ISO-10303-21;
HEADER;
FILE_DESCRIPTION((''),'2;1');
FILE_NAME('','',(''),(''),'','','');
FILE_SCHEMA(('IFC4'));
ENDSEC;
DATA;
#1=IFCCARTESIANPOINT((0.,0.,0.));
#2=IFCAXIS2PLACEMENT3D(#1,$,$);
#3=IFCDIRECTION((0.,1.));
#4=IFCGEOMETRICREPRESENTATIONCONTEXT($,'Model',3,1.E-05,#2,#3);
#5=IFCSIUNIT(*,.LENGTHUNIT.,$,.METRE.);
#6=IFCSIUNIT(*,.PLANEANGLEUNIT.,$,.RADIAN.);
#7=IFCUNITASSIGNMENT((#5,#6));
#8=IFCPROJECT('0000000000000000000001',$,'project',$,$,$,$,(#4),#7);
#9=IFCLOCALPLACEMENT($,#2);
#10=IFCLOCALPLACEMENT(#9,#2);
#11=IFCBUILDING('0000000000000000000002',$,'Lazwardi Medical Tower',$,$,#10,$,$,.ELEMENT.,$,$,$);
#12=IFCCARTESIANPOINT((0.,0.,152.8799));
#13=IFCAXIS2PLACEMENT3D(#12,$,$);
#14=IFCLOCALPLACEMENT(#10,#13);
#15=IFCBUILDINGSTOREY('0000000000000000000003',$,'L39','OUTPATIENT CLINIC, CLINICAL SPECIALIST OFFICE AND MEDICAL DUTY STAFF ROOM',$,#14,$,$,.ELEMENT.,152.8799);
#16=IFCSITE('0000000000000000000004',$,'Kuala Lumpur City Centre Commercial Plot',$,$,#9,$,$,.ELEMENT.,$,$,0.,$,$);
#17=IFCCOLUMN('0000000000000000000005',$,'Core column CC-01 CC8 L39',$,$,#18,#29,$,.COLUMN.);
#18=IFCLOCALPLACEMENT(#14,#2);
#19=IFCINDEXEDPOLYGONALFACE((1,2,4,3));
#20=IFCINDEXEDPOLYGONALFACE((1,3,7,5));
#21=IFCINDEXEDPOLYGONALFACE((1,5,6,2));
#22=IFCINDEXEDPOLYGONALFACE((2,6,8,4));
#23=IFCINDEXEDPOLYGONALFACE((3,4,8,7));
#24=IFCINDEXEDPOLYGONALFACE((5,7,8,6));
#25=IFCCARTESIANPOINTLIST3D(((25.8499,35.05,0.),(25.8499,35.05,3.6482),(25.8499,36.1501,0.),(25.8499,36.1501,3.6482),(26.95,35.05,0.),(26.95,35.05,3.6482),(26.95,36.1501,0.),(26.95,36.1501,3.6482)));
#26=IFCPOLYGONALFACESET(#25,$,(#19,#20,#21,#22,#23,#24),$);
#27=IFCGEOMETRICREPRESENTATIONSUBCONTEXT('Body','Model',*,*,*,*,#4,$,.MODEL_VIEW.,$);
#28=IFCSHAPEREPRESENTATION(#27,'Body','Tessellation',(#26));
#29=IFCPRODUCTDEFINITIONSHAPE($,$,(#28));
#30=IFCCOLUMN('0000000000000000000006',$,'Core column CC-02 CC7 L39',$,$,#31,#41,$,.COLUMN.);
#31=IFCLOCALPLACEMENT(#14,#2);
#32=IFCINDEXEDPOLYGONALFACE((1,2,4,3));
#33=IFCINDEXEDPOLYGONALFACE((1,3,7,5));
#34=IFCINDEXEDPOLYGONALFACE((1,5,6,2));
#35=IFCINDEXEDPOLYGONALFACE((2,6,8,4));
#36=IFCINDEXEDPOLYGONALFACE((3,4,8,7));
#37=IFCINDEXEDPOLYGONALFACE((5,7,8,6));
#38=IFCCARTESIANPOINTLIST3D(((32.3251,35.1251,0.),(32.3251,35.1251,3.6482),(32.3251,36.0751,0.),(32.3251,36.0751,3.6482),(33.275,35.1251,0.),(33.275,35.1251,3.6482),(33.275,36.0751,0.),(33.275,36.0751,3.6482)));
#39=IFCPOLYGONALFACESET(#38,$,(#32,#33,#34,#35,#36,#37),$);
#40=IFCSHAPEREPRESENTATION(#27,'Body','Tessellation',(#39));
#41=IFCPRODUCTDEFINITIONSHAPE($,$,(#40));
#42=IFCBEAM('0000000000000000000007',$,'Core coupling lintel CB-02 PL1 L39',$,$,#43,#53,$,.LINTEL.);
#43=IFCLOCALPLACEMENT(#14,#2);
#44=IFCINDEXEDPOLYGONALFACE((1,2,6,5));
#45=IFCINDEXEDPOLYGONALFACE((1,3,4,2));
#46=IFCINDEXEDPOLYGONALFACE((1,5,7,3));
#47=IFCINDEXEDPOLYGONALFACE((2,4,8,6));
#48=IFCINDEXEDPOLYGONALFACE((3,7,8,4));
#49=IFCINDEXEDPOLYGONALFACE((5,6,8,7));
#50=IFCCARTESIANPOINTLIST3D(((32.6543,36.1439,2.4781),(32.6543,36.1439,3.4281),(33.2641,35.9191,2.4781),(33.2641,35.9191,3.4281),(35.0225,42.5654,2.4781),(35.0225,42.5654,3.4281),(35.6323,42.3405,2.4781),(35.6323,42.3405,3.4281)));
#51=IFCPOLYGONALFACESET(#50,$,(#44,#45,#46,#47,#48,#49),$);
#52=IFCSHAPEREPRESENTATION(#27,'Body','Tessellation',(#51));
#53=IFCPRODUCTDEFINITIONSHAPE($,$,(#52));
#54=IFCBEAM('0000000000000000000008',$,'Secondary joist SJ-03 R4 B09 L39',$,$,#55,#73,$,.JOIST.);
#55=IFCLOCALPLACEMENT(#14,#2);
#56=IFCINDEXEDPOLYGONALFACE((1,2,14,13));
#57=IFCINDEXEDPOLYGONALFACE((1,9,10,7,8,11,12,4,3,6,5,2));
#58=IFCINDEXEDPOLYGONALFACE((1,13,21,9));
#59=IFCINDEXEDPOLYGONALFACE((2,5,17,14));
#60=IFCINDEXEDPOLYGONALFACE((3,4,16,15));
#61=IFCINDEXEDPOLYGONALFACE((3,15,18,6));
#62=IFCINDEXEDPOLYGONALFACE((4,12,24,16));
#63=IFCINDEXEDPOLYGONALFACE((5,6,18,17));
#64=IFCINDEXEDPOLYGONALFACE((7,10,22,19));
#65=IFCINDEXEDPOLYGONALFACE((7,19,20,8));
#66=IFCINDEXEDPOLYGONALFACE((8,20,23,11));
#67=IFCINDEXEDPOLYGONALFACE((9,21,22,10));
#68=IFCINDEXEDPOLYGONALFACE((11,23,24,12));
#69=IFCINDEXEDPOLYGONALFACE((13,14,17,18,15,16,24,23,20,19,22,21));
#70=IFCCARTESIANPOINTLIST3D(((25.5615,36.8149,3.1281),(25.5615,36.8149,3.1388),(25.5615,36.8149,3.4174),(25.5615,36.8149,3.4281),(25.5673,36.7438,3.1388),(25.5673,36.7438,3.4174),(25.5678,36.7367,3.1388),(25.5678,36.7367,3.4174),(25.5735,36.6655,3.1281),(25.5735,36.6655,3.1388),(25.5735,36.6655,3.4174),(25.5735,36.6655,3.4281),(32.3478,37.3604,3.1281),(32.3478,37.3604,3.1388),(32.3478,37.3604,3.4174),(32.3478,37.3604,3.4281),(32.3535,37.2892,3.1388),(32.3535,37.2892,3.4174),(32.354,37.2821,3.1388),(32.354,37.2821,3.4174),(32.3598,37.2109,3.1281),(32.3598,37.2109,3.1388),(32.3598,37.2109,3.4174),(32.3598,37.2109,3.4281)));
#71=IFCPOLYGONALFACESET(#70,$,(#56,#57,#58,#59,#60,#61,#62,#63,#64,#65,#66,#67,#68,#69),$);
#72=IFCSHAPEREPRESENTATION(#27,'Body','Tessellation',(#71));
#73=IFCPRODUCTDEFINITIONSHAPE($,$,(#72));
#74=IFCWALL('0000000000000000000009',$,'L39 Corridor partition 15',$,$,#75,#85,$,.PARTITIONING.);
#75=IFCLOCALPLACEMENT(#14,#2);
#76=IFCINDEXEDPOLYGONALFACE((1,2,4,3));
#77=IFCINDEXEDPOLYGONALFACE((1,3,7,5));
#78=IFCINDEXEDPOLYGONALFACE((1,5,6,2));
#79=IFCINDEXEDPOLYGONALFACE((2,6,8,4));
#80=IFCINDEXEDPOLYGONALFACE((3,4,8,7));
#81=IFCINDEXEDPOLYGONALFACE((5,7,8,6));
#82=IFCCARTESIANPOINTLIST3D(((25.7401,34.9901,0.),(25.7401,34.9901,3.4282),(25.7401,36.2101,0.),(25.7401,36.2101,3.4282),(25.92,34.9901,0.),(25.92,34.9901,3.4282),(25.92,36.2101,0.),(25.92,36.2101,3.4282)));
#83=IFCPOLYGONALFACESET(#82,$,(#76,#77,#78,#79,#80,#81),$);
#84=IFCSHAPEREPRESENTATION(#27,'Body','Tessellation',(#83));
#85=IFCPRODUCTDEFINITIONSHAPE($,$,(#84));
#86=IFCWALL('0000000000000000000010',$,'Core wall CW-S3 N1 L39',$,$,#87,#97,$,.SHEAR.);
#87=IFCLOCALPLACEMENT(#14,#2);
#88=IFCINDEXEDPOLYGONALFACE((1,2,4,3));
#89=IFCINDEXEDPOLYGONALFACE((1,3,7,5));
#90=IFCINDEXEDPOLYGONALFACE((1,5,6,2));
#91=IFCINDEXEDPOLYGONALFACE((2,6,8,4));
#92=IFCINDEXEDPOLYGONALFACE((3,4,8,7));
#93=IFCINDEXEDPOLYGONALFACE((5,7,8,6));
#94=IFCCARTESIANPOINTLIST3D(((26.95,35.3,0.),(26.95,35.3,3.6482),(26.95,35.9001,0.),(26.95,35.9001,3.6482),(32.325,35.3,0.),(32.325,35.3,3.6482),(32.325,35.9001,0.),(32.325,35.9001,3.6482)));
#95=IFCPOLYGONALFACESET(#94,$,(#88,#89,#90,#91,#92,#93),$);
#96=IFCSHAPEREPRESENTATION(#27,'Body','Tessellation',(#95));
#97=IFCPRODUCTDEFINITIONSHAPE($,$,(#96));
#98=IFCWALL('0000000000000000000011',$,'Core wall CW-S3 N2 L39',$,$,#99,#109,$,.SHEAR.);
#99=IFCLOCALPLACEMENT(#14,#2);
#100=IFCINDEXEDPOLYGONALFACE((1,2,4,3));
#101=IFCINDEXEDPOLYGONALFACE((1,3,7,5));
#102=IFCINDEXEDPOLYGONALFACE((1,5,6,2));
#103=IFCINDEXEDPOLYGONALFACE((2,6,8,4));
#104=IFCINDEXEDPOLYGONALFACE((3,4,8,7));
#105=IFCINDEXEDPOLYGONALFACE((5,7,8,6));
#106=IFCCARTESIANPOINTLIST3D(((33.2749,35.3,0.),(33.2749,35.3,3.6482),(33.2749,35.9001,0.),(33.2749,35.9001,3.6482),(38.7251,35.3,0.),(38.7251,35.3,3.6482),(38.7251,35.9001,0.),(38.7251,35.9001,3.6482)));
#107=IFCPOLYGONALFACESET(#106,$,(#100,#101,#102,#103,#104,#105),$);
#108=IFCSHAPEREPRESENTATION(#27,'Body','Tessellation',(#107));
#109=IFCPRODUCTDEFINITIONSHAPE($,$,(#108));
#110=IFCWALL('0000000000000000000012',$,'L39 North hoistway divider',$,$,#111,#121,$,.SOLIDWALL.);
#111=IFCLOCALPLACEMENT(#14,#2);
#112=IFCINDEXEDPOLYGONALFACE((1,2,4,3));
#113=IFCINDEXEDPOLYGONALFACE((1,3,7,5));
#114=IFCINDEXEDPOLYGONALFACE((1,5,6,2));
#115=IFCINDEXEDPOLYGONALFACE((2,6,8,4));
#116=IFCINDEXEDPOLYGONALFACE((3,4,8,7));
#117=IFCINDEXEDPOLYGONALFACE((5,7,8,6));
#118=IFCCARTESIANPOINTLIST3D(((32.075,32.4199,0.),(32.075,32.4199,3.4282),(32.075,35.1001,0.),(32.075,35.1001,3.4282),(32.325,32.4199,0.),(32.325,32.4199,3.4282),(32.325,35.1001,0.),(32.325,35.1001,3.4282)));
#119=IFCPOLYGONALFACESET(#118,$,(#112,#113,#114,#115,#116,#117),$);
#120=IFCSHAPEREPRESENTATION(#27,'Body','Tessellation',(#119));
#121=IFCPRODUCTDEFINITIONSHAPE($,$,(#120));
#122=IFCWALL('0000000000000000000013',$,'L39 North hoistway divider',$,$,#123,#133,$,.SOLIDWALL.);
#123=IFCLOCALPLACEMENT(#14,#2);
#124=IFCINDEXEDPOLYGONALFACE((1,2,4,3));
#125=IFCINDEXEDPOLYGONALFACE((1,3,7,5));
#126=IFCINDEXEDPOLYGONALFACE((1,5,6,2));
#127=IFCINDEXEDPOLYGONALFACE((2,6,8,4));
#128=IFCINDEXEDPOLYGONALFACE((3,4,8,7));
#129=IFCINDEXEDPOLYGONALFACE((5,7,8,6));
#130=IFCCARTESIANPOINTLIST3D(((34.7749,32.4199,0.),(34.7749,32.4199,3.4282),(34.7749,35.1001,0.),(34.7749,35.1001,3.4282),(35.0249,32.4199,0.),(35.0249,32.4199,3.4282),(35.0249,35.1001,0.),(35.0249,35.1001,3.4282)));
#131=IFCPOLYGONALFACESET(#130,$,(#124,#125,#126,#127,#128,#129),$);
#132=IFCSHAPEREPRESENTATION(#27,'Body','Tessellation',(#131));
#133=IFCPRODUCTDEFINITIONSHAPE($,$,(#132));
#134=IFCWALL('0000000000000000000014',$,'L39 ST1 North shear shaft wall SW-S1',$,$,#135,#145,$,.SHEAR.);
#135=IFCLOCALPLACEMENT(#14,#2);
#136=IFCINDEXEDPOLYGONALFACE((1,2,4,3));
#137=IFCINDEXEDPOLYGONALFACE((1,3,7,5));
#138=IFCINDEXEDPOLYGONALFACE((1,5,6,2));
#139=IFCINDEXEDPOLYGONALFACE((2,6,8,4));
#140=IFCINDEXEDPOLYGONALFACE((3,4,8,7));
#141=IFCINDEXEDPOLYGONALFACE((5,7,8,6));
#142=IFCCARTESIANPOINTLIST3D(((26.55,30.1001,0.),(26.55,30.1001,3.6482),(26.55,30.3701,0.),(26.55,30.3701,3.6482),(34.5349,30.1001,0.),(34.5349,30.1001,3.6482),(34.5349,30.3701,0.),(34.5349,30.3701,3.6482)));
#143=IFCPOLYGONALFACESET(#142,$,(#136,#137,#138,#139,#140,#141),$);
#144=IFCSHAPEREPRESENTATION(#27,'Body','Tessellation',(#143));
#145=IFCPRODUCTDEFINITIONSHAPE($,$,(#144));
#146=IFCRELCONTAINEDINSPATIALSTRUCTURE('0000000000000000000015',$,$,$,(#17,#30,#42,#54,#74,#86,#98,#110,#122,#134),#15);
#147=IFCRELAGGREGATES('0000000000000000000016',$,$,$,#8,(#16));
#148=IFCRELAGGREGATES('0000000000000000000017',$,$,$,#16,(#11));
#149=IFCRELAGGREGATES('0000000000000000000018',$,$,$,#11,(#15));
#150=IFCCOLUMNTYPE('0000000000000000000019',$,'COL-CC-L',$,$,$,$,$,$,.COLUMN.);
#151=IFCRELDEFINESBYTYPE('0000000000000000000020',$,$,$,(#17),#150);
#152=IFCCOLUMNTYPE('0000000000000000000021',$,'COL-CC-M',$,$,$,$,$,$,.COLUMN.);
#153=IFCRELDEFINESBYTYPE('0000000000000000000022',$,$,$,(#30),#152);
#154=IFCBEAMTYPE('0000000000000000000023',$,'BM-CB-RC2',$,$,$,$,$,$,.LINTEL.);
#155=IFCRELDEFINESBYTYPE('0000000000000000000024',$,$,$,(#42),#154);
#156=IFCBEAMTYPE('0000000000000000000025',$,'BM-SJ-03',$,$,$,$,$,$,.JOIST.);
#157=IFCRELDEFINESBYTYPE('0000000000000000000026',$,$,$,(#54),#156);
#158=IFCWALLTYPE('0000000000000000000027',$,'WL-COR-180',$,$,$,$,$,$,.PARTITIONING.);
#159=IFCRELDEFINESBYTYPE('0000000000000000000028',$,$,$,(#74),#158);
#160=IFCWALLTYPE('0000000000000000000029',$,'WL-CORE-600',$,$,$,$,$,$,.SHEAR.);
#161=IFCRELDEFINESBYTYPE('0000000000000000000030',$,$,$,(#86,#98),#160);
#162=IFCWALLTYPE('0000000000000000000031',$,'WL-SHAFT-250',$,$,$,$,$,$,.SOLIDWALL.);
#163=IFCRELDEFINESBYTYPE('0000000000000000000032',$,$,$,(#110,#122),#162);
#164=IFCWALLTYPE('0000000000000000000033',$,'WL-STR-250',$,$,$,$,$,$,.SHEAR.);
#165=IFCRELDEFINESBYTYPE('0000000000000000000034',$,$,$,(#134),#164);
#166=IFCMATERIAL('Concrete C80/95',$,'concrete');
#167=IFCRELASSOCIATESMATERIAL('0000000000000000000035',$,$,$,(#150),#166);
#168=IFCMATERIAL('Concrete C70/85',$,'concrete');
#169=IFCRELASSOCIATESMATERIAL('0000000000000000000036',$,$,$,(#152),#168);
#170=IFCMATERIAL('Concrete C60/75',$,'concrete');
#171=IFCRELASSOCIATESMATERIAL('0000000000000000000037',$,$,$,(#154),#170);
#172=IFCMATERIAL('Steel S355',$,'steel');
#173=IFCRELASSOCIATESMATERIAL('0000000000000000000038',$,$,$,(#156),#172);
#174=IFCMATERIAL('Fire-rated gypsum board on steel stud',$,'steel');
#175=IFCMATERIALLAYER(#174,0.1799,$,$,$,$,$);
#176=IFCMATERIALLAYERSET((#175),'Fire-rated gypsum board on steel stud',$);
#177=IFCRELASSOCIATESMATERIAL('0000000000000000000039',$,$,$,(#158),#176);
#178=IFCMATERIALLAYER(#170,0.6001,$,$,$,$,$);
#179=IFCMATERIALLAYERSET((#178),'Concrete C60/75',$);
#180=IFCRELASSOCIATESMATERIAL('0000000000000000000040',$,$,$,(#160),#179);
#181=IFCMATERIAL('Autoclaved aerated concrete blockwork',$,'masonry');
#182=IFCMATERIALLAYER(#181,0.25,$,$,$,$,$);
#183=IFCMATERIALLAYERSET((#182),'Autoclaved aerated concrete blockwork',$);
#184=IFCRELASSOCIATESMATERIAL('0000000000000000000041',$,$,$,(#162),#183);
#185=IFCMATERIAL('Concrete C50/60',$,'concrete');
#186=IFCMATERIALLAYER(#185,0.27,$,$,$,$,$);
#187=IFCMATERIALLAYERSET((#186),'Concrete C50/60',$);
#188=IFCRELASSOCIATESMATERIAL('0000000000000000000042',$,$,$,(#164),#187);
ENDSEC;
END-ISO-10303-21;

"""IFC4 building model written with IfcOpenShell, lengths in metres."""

from ifc_helpers import new_model, si_unit, direction, frame, frame_2d, origin, origin_2d, place, context, subcontext, project, spatial, rectangle, i_section, extrude, material, layer, layer_set, material_profile, profile_set, type_object, element, save


model = new_model("IFC4")

# Units and contexts
model_context = context("Model", 3, precision=1e-05, world=origin(), true_north=direction((0.0, 1.0)))
body_context = subcontext(model_context, "Body", "Model", "MODEL_VIEW")
ifc_project = project(units=[si_unit("LENGTHUNIT", "METRE"), si_unit("PLANEANGLEUNIT", "RADIAN")], contexts=[model_context])

# Site, building, storey
site_placement = place(None, origin())
site = spatial("IfcSite", under=ifc_project, at=site_placement, Name="Kuala Lumpur City Centre Commercial Plot", CompositionType="ELEMENT", RefElevation=0.0)
building_placement = place(site_placement, origin())
building = spatial("IfcBuilding", under=site, at=building_placement, Name="Lazwardi Medical Tower", CompositionType="ELEMENT")
storey_placement = place(building_placement, frame((0.0, 0.0, 152.8799)))
storey = spatial("IfcBuildingStorey", under=building, at=storey_placement, Name="L39", Description="OUTPATIENT CLINIC, CLINICAL SPECIALIST OFFICE AND MEDICAL DUTY STAFF ROOM", CompositionType="ELEMENT", Elevation=152.8799)

# Columns
ifc_material_1 = material(Name="Concrete C80/95", Category="concrete")
ifc_material_profile_1 = material_profile(ifc_material_1, rectangle(XDim=1.1001, YDim=1.1001, at=origin_2d()), Name="RC 1100x1100")
ifc_profile_set_1 = profile_set([ifc_material_profile_1], Name="Concrete C80/95")
column_type_1 = type_object("IfcColumnType", Name="COL-CC-L", PredefinedType="COLUMN", material=ifc_profile_set_1)
column_1_placement = place(storey_placement, frame((26.3999, 35.6001, 0.0), z_axis=(0.0, 0.0, 1.0), x_axis=(1.0, 0.0, 0.0)))
element("IfcColumn", 1, at=column_1_placement, inside=storey, type_object=column_type_1, Name="Core column CC-01 CC8 L39", PredefinedType="COLUMN", context=body_context, shape_type="SweptSolid", body=[
    extrude(rectangle(XDim=1.1001, YDim=1.1001, at=origin_2d()), origin(), (0.0, 0.0, 1.0), 3.6482),
])
ifc_material_2 = material(Name="Concrete C70/85", Category="concrete")
ifc_material_profile_2 = material_profile(ifc_material_2, rectangle(XDim=0.95, YDim=0.95, at=origin_2d()), Name="RC 950x950")
ifc_profile_set_2 = profile_set([ifc_material_profile_2], Name="Concrete C70/85")
column_type_2 = type_object("IfcColumnType", Name="COL-CC-M", PredefinedType="COLUMN", material=ifc_profile_set_2)
column_2_placement = place(storey_placement, frame((32.8, 35.6001, 0.0), z_axis=(0.0, 0.0, 1.0), x_axis=(1.0, 0.0, 0.0)))
element("IfcColumn", 2, at=column_2_placement, inside=storey, type_object=column_type_2, Name="Core column CC-02 CC7 L39", PredefinedType="COLUMN", context=body_context, shape_type="SweptSolid", body=[
    extrude(rectangle(XDim=0.95, YDim=0.95, at=origin_2d()), origin(), (0.0, 0.0, 1.0), 3.6482),
])

# Beams
ifc_material_3 = material(Name="Concrete C60/75", Category="concrete")
ifc_material_profile_3 = material_profile(ifc_material_3, rectangle(XDim=0.6499, YDim=0.95, at=origin_2d()), Name="RC 650x950")
ifc_profile_set_3 = profile_set([ifc_material_profile_3], Name="Concrete C60/75")
beam_type_1 = type_object("IfcBeamType", Name="BM-CB-RC2", PredefinedType="LINTEL", material=ifc_profile_set_3)
beam_1_placement = place(storey_placement, frame((32.9592, 36.0315, 2.9531), z_axis=(0.346013, 0.93823, 0.0), x_axis=(-0.93823, 0.346013, 0.0)))
element("IfcBeam", 3, at=beam_1_placement, inside=storey, type_object=beam_type_1, Name="Core coupling lintel CB-02 PL1 L39", PredefinedType="LINTEL", context=body_context, shape_type="SweptSolid", body=[
    extrude(rectangle(XDim=0.6499, YDim=0.95, at=origin_2d()), origin(), (0.0, 0.0, 1.0), 6.8442),
])
ifc_material_4 = material(Name="Steel S355", Category="steel")
ifc_material_profile_4 = material_profile(ifc_material_4, i_section(OverallWidth=0.1499, OverallDepth=0.3, WebThickness=0.0071, FlangeThickness=0.0107, at=origin_2d()), Name="IPE 300")
ifc_profile_set_4 = profile_set([ifc_material_profile_4], Name="Steel S355")
beam_type_2 = type_object("IfcBeamType", Name="BM-SJ-03", PredefinedType="JOIST", material=ifc_profile_set_4)
beam_2_placement = place(storey_placement, frame((32.3538, 37.2856, 3.2781), z_axis=(-0.996786, -0.080113, 0.0), x_axis=(0.080113, -0.996786, 0.0)))
element("IfcBeam", 4, at=beam_2_placement, inside=storey, type_object=beam_type_2, Name="Secondary joist SJ-03 R4 B09 L39", PredefinedType="JOIST", context=body_context, shape_type="SweptSolid", body=[
    extrude(i_section(OverallWidth=0.1499, OverallDepth=0.3, WebThickness=0.0071, FlangeThickness=0.0107, at=origin_2d()), origin(), (0.0, 0.0, 1.0), 6.8081),
])

# Walls
ifc_material_5 = material(Name="Fire-rated gypsum board on steel stud", Category="steel")
ifc_layer_1 = layer(ifc_material_5, 0.1799)
ifc_layer_set_1 = layer_set([ifc_layer_1], Name="Fire-rated gypsum board on steel stud")
wall_type_1 = type_object("IfcWallType", Name="WL-COR-180", PredefinedType="PARTITIONING", material=ifc_layer_set_1)
wall_1_placement = place(storey_placement, frame((25.8301, 36.21, 0.0), z_axis=(0.0, 0.0, 1.0), x_axis=(0.0, -1.0, 0.0)))
element("IfcWall", 5, at=wall_1_placement, inside=storey, type_object=wall_type_1, Name="L39 Corridor partition 15", PredefinedType="PARTITIONING", context=body_context, shape_type="SweptSolid", body=[
    extrude(rectangle(XDim=1.22, YDim=0.1799, at=frame_2d((0.6099, 0.0))), origin(), (0.0, 0.0, 1.0), 3.4282),
])
ifc_layer_2 = layer(ifc_material_3, 0.6001)
ifc_layer_set_2 = layer_set([ifc_layer_2], Name="Concrete C60/75")
wall_type_2 = type_object("IfcWallType", Name="WL-CORE-600", PredefinedType="SHEAR", material=ifc_layer_set_2)
wall_2_placement = place(storey_placement, frame((26.95, 35.6001, 0.0), z_axis=(0.0, 0.0, 1.0), x_axis=(1.0, 0.0, 0.0)))
element("IfcWall", 6, at=wall_2_placement, inside=storey, type_object=wall_type_2, Name="Core wall CW-S3 N1 L39", PredefinedType="SHEAR", context=body_context, shape_type="SweptSolid", body=[
    extrude(rectangle(XDim=5.375, YDim=0.6001, at=frame_2d((2.6875, 0.0))), origin(), (0.0, 0.0, 1.0), 3.6482),
])
wall_3_placement = place(storey_placement, frame((33.2749, 35.6001, 0.0), z_axis=(0.0, 0.0, 1.0), x_axis=(1.0, 0.0, 0.0)))
element("IfcWall", 7, at=wall_3_placement, inside=storey, type_object=wall_type_2, Name="Core wall CW-S3 N2 L39", PredefinedType="SHEAR", context=body_context, shape_type="SweptSolid", body=[
    extrude(rectangle(XDim=5.4502, YDim=0.6001, at=frame_2d((2.7251, 0.0))), origin(), (0.0, 0.0, 1.0), 3.6482),
])
ifc_material_6 = material(Name="Autoclaved aerated concrete blockwork", Category="masonry")
ifc_layer_3 = layer(ifc_material_6, 0.25)
ifc_layer_set_3 = layer_set([ifc_layer_3], Name="Autoclaved aerated concrete blockwork")
wall_type_3 = type_object("IfcWallType", Name="WL-SHAFT-250", PredefinedType="SOLIDWALL", material=ifc_layer_set_3)
for number, where, z_axis, x_axis, name in (
    (8, (32.2, 32.4199, 0.0), (0.0, 0.0, 1.0), (0.0, 1.0, 0.0), "L39 North hoistway divider"),
    (9, (34.8999, 32.4199, 0.0), (0.0, 0.0, 1.0), (0.0, 1.0, 0.0), "L39 North hoistway divider"),
):
    element("IfcWall", number, at=place(storey_placement, frame(where, z_axis=z_axis, x_axis=x_axis)), inside=storey, type_object=wall_type_3, Name=name, PredefinedType="SOLIDWALL", context=body_context, shape_type="SweptSolid", body=[
        extrude(rectangle(XDim=2.6802, YDim=0.25, at=frame_2d((1.3401, 0.0))), origin(), (0.0, 0.0, 1.0), 3.4282),
    ])
ifc_material_7 = material(Name="Concrete C50/60", Category="concrete")
ifc_layer_4 = layer(ifc_material_7, 0.27)
ifc_layer_set_4 = layer_set([ifc_layer_4], Name="Concrete C50/60")
wall_type_4 = type_object("IfcWallType", Name="WL-STR-250", PredefinedType="SHEAR", material=ifc_layer_set_4)
wall_4_placement = place(storey_placement, frame((26.55, 30.2351, 0.0), z_axis=(0.0, 0.0, 1.0), x_axis=(1.0, 0.0, 0.0)))
element("IfcWall", 10, at=wall_4_placement, inside=storey, type_object=wall_type_4, Name="L39 ST1 North shear shaft wall SW-S1", PredefinedType="SHEAR", context=body_context, shape_type="SweptSolid", body=[
    extrude(rectangle(XDim=7.9849, YDim=0.27, at=frame_2d((3.9924, 0.0))), origin(), (0.0, 0.0, 1.0), 3.6482),
])

save(model, "model.ifc")
